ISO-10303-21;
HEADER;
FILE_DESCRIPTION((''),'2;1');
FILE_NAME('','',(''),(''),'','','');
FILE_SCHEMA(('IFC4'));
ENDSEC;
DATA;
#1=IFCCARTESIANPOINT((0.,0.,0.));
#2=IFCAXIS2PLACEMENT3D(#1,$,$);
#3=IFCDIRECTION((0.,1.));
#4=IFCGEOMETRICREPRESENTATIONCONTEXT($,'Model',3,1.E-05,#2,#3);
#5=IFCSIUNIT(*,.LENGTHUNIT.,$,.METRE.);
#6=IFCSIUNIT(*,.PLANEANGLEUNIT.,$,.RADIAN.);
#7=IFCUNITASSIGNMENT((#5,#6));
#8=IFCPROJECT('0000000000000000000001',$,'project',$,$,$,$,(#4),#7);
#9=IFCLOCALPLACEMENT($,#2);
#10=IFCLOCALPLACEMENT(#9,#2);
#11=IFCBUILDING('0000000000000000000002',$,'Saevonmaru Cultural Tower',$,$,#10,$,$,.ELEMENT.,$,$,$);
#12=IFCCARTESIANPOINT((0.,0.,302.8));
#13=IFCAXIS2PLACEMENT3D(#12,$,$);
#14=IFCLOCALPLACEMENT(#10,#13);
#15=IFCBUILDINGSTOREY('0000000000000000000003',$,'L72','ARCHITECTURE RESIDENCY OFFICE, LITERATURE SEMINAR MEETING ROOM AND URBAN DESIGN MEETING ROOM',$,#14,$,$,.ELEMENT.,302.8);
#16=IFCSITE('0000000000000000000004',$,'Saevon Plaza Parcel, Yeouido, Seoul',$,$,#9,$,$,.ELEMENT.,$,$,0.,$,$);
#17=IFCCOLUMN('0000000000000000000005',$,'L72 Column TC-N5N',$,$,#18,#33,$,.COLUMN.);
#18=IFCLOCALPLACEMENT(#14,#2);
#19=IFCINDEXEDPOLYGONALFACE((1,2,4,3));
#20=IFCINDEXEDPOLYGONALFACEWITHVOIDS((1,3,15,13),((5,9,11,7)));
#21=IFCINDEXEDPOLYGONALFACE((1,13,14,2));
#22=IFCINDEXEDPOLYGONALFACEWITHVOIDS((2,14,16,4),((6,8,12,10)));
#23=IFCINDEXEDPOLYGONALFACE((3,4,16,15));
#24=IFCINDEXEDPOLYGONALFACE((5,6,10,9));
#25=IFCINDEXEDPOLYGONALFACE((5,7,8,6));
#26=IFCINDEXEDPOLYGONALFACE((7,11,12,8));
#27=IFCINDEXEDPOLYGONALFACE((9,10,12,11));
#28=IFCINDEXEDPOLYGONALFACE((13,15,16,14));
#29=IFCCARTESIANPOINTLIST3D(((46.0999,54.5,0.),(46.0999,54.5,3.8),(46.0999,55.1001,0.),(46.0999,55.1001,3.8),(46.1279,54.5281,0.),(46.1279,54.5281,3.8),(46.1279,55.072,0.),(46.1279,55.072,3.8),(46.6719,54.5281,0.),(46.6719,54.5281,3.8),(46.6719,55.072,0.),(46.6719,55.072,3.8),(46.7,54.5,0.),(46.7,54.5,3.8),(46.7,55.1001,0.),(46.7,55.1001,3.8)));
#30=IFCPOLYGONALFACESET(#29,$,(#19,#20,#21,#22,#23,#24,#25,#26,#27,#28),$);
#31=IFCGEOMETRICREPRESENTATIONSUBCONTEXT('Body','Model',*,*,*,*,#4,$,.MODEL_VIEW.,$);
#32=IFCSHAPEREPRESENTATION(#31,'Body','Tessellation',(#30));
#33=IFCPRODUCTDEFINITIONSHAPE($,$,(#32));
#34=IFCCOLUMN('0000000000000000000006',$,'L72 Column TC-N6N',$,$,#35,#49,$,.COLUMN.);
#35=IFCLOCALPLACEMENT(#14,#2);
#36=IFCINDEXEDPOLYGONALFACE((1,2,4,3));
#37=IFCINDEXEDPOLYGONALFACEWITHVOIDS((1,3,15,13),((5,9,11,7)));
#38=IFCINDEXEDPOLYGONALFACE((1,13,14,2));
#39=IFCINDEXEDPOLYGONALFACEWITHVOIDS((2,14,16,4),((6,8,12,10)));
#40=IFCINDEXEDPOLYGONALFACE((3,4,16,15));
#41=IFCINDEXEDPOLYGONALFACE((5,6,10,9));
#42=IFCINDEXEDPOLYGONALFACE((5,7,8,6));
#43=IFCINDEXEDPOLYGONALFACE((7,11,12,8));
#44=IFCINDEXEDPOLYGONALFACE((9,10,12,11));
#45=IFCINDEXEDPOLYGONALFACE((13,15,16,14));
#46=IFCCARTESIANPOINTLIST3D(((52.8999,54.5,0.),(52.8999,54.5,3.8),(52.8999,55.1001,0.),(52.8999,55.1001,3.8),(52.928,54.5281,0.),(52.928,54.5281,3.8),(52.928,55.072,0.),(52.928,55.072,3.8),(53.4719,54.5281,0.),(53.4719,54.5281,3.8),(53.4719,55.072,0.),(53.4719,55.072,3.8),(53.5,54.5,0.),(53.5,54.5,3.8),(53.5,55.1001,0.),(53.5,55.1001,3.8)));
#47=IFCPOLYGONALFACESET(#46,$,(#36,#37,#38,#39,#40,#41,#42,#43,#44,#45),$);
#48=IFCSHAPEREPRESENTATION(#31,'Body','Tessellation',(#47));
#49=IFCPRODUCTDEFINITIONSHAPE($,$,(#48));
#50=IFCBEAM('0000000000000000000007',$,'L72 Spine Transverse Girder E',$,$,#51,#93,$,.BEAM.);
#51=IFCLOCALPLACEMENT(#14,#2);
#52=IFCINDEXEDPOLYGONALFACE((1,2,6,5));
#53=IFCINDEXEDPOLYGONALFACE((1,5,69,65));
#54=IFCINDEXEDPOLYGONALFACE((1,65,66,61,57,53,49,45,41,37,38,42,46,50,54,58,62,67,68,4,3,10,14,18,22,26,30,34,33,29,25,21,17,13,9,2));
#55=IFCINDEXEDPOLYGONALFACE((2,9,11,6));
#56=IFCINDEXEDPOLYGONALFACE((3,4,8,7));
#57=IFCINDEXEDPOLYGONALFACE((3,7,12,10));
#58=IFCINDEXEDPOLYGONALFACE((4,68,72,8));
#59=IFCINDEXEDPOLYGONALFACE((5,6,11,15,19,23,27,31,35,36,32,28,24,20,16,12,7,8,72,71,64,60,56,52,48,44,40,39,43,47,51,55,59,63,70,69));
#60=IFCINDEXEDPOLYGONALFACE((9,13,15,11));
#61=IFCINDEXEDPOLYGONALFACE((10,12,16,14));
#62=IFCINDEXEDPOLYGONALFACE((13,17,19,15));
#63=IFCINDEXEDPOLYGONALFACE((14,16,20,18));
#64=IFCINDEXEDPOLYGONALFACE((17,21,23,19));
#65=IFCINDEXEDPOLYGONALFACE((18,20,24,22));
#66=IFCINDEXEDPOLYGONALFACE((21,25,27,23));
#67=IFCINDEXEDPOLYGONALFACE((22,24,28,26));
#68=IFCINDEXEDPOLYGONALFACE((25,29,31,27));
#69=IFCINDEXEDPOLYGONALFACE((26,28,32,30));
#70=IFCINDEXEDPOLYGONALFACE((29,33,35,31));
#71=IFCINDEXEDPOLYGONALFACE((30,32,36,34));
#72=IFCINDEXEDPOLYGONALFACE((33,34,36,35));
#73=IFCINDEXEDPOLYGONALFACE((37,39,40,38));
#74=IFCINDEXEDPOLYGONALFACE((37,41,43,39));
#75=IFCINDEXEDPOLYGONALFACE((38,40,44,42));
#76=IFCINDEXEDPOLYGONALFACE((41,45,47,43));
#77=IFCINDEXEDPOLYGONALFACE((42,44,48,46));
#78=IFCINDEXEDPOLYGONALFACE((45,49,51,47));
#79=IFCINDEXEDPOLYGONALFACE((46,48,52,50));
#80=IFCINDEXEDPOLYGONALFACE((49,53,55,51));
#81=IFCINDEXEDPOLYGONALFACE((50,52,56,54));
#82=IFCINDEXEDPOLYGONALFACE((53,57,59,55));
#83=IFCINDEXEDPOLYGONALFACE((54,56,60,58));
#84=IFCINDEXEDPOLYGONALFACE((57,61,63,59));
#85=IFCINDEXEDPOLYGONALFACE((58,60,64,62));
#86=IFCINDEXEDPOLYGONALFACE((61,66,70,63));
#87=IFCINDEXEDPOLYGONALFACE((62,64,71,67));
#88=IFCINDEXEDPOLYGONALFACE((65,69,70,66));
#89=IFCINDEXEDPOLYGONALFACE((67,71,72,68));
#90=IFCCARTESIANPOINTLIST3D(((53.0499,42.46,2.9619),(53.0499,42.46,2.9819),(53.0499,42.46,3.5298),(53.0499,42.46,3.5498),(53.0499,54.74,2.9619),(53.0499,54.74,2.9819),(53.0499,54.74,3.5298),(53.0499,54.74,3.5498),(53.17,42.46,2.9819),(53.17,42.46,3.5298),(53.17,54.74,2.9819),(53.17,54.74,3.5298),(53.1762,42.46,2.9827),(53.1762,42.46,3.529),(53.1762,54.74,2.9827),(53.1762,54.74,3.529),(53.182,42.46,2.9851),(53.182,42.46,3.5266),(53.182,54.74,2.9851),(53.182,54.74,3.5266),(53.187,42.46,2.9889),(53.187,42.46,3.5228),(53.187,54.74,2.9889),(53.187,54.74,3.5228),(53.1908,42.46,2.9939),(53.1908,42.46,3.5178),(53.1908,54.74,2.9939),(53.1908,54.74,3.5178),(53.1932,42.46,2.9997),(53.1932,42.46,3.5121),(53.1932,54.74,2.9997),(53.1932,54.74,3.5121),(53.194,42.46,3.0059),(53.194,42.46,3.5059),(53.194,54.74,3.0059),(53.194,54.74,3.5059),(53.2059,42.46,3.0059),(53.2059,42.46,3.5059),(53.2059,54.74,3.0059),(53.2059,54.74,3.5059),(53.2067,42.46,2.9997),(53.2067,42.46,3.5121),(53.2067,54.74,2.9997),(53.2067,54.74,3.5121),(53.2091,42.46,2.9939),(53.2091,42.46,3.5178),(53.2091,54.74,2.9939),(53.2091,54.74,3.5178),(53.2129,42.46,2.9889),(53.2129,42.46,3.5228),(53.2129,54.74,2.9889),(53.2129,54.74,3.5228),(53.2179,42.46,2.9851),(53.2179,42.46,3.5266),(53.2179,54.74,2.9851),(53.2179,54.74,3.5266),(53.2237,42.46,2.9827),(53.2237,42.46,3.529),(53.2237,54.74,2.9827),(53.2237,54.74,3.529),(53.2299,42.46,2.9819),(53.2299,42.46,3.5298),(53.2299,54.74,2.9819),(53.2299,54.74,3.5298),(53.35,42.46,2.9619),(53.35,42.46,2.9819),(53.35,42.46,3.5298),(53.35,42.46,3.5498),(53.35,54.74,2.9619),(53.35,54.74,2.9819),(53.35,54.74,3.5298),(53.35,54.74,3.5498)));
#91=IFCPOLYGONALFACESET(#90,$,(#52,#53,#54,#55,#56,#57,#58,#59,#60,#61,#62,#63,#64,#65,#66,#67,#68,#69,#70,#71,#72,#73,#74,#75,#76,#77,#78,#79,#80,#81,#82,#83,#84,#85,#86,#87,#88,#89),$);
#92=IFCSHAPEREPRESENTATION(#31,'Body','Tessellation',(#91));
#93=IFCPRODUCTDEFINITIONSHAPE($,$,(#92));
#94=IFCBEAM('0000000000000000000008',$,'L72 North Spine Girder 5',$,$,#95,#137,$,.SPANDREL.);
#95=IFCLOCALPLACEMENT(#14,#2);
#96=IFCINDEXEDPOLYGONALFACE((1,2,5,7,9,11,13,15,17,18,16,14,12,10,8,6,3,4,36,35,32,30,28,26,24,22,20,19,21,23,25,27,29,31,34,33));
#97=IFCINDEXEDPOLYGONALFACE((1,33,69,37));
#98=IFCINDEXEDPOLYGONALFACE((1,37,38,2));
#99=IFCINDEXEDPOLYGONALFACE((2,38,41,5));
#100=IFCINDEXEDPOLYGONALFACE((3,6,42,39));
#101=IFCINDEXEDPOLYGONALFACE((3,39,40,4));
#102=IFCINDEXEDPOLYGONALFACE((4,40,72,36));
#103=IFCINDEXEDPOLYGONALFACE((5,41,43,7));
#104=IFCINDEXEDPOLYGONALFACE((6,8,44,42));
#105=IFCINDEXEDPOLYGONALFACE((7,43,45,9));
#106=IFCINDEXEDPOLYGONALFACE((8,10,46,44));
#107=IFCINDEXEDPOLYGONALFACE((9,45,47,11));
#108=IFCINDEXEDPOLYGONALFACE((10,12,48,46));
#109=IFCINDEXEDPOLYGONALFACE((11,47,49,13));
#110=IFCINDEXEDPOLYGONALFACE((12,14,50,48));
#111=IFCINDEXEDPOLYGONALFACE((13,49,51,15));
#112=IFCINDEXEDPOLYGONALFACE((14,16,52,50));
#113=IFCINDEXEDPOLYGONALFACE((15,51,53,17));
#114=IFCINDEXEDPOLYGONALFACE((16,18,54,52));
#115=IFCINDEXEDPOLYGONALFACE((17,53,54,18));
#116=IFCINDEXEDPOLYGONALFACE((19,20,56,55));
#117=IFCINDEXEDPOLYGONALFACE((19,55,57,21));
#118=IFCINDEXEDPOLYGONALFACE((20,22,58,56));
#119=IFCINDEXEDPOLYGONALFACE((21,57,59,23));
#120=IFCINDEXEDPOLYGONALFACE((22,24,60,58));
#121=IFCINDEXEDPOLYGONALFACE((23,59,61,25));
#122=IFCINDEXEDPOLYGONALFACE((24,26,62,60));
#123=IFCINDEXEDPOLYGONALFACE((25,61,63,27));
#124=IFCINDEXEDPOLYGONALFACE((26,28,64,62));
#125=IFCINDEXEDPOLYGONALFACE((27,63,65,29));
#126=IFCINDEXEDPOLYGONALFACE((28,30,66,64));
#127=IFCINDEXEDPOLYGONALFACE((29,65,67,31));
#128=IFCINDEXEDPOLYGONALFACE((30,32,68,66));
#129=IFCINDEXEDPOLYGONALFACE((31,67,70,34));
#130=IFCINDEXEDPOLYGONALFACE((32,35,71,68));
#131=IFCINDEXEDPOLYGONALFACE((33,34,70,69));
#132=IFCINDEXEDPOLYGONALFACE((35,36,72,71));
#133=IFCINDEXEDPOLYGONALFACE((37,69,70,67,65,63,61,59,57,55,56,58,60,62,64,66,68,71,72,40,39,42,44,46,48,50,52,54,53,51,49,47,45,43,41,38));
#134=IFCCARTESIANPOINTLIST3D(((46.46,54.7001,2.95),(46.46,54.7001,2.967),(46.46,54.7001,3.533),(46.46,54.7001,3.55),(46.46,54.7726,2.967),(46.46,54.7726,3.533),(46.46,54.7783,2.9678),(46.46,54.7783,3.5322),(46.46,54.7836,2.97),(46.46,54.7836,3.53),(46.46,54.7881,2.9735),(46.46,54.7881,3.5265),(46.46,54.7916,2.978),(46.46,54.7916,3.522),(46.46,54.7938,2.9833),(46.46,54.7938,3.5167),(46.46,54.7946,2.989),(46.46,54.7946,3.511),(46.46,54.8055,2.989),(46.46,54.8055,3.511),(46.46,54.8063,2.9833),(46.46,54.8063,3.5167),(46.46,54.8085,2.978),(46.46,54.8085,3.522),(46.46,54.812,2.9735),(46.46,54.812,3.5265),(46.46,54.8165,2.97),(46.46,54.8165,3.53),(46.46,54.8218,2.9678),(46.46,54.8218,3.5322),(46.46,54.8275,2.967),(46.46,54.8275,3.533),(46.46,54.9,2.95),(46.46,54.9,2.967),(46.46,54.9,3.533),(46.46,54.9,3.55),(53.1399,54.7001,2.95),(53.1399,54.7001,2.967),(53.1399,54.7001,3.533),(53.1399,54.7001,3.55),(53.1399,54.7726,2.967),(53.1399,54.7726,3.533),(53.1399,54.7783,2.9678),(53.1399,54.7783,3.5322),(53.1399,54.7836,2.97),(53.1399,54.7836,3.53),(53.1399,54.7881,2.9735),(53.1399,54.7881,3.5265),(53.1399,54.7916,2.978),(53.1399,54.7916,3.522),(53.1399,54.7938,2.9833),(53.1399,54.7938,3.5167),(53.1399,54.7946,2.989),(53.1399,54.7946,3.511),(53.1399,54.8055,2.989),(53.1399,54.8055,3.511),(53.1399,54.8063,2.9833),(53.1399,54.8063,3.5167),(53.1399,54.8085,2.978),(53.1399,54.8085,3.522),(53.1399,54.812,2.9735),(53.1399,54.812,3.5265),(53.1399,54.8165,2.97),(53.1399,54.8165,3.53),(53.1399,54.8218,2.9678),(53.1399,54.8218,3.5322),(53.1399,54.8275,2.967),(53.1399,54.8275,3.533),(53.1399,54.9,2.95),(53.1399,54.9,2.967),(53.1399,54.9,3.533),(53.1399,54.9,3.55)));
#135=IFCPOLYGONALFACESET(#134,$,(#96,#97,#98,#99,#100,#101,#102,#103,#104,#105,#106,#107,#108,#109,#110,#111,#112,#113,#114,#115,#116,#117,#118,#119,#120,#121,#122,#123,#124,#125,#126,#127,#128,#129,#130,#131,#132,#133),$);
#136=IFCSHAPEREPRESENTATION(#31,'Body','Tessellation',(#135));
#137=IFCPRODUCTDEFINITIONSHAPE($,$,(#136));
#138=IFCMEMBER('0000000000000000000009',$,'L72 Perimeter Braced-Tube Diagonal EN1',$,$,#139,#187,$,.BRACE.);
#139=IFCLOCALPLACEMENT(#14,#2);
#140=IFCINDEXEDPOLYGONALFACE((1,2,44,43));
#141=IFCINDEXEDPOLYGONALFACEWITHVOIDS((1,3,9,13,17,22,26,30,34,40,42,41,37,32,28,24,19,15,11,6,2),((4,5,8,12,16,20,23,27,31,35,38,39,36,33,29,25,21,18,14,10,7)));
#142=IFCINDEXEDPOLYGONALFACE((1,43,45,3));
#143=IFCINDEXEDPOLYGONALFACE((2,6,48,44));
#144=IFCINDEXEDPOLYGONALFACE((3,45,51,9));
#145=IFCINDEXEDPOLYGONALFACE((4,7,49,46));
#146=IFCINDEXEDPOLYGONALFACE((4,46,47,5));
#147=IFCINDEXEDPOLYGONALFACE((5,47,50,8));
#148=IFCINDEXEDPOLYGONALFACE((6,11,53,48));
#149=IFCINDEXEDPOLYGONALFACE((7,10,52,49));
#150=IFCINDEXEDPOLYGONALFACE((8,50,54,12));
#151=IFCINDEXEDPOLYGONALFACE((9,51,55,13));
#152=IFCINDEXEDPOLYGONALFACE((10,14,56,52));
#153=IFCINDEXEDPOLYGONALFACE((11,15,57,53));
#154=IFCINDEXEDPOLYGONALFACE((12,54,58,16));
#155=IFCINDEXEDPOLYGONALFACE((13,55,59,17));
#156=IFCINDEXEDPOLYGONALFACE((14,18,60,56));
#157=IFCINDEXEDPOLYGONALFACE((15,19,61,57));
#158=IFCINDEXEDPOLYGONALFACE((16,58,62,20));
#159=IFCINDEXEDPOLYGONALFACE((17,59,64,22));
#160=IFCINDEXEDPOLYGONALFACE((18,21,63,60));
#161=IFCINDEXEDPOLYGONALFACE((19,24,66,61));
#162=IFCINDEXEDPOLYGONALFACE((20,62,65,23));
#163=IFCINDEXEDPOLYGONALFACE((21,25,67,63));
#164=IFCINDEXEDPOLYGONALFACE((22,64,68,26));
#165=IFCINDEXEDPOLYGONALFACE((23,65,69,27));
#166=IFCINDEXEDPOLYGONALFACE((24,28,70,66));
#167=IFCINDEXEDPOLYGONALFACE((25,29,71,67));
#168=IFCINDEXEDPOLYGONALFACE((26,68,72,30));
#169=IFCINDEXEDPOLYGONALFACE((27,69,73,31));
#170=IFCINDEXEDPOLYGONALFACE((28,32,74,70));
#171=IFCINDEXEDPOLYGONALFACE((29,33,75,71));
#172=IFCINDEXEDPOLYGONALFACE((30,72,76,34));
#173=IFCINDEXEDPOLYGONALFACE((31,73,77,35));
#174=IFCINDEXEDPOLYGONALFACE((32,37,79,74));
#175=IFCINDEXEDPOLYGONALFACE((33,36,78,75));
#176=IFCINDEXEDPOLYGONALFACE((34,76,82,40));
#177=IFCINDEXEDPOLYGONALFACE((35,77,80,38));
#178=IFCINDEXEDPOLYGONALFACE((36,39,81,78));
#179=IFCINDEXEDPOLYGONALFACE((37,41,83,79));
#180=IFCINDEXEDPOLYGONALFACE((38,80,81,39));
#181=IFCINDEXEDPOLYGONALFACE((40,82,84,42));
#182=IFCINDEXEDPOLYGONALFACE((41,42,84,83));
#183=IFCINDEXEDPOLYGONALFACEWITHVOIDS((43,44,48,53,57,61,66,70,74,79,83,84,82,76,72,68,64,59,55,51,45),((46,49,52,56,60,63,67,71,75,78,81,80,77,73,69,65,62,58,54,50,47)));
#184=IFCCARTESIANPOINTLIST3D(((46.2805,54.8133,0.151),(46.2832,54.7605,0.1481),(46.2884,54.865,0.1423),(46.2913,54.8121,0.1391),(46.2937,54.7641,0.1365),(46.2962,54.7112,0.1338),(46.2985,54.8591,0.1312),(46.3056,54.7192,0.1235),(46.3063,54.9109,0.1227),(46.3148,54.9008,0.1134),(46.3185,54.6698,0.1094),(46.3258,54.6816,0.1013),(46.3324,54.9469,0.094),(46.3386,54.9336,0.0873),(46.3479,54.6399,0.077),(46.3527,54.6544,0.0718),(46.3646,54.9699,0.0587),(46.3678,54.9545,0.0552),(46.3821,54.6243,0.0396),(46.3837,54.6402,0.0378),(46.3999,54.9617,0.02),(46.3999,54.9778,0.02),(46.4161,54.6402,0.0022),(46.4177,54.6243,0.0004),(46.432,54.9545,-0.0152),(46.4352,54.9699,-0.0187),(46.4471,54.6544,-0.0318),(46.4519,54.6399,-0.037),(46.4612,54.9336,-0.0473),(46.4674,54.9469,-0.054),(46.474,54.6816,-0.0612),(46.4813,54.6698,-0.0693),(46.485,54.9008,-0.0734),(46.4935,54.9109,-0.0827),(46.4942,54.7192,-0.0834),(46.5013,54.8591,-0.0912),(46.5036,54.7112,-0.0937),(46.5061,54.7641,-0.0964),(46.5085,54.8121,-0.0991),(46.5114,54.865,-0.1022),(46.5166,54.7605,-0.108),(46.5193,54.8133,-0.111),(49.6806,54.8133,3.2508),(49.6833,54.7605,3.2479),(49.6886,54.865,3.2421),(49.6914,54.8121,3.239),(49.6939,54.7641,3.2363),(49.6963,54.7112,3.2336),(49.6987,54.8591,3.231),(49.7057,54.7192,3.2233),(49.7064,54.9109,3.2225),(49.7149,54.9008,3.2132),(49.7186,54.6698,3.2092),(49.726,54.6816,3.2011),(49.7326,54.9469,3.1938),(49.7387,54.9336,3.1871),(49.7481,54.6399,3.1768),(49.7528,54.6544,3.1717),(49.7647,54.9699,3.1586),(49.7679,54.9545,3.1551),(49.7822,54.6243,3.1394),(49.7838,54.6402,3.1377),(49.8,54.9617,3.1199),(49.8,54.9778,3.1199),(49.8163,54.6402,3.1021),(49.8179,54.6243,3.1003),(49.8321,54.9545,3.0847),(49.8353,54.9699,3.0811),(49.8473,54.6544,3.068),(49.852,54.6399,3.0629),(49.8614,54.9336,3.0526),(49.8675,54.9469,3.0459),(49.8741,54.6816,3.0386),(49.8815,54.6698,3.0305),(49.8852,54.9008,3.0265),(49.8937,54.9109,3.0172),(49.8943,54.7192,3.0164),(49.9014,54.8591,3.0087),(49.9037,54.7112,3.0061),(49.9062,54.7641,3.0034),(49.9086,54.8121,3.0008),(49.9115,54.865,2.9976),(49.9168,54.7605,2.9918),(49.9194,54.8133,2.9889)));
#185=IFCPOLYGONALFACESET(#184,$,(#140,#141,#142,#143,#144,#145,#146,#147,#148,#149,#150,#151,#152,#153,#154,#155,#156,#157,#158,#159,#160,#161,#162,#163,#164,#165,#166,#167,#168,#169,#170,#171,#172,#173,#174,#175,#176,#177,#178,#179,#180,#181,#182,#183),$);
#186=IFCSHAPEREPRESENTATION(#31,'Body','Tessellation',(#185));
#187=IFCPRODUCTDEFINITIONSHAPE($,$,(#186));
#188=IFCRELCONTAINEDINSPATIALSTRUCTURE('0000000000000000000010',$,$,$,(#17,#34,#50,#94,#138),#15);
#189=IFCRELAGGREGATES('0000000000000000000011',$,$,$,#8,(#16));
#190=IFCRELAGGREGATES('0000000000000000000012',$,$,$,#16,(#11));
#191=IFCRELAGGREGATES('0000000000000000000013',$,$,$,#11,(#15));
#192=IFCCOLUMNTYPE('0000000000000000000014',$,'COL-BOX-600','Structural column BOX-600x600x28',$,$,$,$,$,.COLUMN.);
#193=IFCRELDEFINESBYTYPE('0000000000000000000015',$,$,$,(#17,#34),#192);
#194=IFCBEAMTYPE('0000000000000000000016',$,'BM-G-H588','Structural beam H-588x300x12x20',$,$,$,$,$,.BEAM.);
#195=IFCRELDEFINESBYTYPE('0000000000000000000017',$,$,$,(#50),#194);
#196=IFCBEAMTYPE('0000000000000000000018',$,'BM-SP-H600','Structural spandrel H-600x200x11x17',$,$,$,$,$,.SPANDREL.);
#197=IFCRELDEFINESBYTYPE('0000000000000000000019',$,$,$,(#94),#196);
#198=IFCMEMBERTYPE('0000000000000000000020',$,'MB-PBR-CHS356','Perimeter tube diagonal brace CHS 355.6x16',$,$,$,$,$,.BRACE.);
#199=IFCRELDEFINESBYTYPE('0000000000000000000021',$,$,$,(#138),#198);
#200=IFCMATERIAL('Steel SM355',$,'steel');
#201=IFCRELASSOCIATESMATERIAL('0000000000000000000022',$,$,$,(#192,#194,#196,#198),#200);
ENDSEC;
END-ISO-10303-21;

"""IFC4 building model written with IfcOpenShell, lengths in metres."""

from ifc_helpers import new_model, si_unit, direction, frame, origin, origin_2d, place, context, subcontext, project, spatial, hollow_rectangle, hollow_circle, i_section, extrude, material, material_profile, profile_set, type_object, element, save


model = new_model("IFC4")

# Units and contexts
model_context = context("Model", 3, precision=1e-05, world=origin(), true_north=direction((0.0, 1.0)))
body_context = subcontext(model_context, "Body", "Model", "MODEL_VIEW")
ifc_project = project(units=[si_unit("LENGTHUNIT", "METRE"), si_unit("PLANEANGLEUNIT", "RADIAN")], contexts=[model_context])

# Site, building, storey
site_placement = place(None, origin())
site = spatial("IfcSite", under=ifc_project, at=site_placement, Name="Saevon Plaza Parcel, Yeouido, Seoul", CompositionType="ELEMENT", RefElevation=0.0)
building_placement = place(site_placement, origin())
building = spatial("IfcBuilding", under=site, at=building_placement, Name="Saevonmaru Cultural Tower", CompositionType="ELEMENT")
storey_placement = place(building_placement, frame((0.0, 0.0, 302.8)))
storey = spatial("IfcBuildingStorey", under=building, at=storey_placement, Name="L72", Description="ARCHITECTURE RESIDENCY OFFICE, LITERATURE SEMINAR MEETING ROOM AND URBAN DESIGN MEETING ROOM", CompositionType="ELEMENT", Elevation=302.8)

# Columns
ifc_material_1 = material(Name="Steel SM355", Category="steel")
ifc_material_profile_1 = material_profile(ifc_material_1, hollow_rectangle(XDim=0.6001, YDim=0.6001, WallThickness=0.0281, at=origin_2d()), Name="BOX-600x600x28")
ifc_profile_set_1 = profile_set([ifc_material_profile_1], Name="Steel SM355")
column_type = type_object("IfcColumnType", Name="COL-BOX-600", Description="Structural column BOX-600x600x28", PredefinedType="COLUMN", material=ifc_profile_set_1)
for number, where, z_axis, x_axis, name in (
    (1, (46.3999, 54.8, 0.0), (0.0, 0.0, 1.0), (1.0, 0.0, 0.0), "L72 Column TC-N5N"),
    (2, (53.2, 54.8, 0.0), (0.0, 0.0, 1.0), (1.0, 0.0, 0.0), "L72 Column TC-N6N"),
):
    element("IfcColumn", number, at=place(storey_placement, frame(where, z_axis=z_axis, x_axis=x_axis)), inside=storey, type_object=column_type, Name=name, PredefinedType="COLUMN", context=body_context, shape_type="SweptSolid", body=[
        extrude(hollow_rectangle(XDim=0.6001, YDim=0.6001, WallThickness=0.0281, at=origin_2d()), origin(), (0.0, 0.0, 1.0), 3.8),
    ])

# Beams
ifc_material_profile_2 = material_profile(ifc_material_1, i_section(OverallWidth=0.3, OverallDepth=0.5879, WebThickness=0.012, FlangeThickness=0.02, FilletRadius=0.0239, at=origin_2d()), Name="H-588x300x12x20")
ifc_profile_set_2 = profile_set([ifc_material_profile_2], Name="Steel SM355")
beam_type_1 = type_object("IfcBeamType", Name="BM-G-H588", Description="Structural beam H-588x300x12x20", PredefinedType="BEAM", material=ifc_profile_set_2)
beam_1_placement = place(storey_placement, frame((53.2, 54.74, 3.2559), z_axis=(0.0, -1.0, 0.0), x_axis=(1.0, 0.0, 0.0)))
element("IfcBeam", 3, at=beam_1_placement, inside=storey, type_object=beam_type_1, Name="L72 Spine Transverse Girder E", PredefinedType="BEAM", context=body_context, shape_type="SweptSolid", body=[
    extrude(i_section(OverallWidth=0.3, OverallDepth=0.5879, WebThickness=0.012, FlangeThickness=0.02, FilletRadius=0.0239, at=origin_2d()), origin(), (0.0, 0.0, 1.0), 12.28),
])
ifc_material_profile_3 = material_profile(ifc_material_1, i_section(OverallWidth=0.2, OverallDepth=0.6001, WebThickness=0.011, FlangeThickness=0.0171, FilletRadius=0.022, at=origin_2d()), Name="H-600x200x11x17")
ifc_profile_set_3 = profile_set([ifc_material_profile_3], Name="Steel SM355")
beam_type_2 = type_object("IfcBeamType", Name="BM-SP-H600", Description="Structural spandrel H-600x200x11x17", PredefinedType="SPANDREL", material=ifc_profile_set_3)
beam_2_placement = place(storey_placement, frame((46.46, 54.8, 3.25), z_axis=(1.0, 0.0, 0.0), x_axis=(0.0, 1.0, 0.0)))
element("IfcBeam", 4, at=beam_2_placement, inside=storey, type_object=beam_type_2, Name="L72 North Spine Girder 5", PredefinedType="SPANDREL", context=body_context, shape_type="SweptSolid", body=[
    extrude(i_section(OverallWidth=0.2, OverallDepth=0.6001, WebThickness=0.011, FlangeThickness=0.0171, FilletRadius=0.022, at=origin_2d()), origin(), (0.0, 0.0, 1.0), 6.6799),
])

# Member
ifc_material_profile_4 = material_profile(ifc_material_1, hollow_circle(Radius=0.1777, WallThickness=0.0161, at=origin_2d()), Name="CHS-355.6x16")
ifc_profile_set_4 = profile_set([ifc_material_profile_4], Name="Steel SM355")
member_type_1 = type_object("IfcMemberType", Name="MB-PBR-CHS356", Description="Perimeter tube diagonal brace CHS 355.6x16", PredefinedType="BRACE", material=ifc_profile_set_4)
member_1_placement = place(storey_placement, frame((46.3999, 54.8, 0.02), z_axis=(0.738986, 0.0, 0.673721), x_axis=(0.0, 1.0, 0.0)))
element("IfcMember", 5, at=member_1_placement, inside=storey, type_object=member_type_1, Name="L72 Perimeter Braced-Tube Diagonal EN1", PredefinedType="BRACE", context=body_context, shape_type="SweptSolid", body=[
    extrude(hollow_circle(Radius=0.1777, WallThickness=0.0161, at=origin_2d()), origin(), (0.0, 0.0, 1.0), 4.6011),
])

save(model, "model.ifc")
